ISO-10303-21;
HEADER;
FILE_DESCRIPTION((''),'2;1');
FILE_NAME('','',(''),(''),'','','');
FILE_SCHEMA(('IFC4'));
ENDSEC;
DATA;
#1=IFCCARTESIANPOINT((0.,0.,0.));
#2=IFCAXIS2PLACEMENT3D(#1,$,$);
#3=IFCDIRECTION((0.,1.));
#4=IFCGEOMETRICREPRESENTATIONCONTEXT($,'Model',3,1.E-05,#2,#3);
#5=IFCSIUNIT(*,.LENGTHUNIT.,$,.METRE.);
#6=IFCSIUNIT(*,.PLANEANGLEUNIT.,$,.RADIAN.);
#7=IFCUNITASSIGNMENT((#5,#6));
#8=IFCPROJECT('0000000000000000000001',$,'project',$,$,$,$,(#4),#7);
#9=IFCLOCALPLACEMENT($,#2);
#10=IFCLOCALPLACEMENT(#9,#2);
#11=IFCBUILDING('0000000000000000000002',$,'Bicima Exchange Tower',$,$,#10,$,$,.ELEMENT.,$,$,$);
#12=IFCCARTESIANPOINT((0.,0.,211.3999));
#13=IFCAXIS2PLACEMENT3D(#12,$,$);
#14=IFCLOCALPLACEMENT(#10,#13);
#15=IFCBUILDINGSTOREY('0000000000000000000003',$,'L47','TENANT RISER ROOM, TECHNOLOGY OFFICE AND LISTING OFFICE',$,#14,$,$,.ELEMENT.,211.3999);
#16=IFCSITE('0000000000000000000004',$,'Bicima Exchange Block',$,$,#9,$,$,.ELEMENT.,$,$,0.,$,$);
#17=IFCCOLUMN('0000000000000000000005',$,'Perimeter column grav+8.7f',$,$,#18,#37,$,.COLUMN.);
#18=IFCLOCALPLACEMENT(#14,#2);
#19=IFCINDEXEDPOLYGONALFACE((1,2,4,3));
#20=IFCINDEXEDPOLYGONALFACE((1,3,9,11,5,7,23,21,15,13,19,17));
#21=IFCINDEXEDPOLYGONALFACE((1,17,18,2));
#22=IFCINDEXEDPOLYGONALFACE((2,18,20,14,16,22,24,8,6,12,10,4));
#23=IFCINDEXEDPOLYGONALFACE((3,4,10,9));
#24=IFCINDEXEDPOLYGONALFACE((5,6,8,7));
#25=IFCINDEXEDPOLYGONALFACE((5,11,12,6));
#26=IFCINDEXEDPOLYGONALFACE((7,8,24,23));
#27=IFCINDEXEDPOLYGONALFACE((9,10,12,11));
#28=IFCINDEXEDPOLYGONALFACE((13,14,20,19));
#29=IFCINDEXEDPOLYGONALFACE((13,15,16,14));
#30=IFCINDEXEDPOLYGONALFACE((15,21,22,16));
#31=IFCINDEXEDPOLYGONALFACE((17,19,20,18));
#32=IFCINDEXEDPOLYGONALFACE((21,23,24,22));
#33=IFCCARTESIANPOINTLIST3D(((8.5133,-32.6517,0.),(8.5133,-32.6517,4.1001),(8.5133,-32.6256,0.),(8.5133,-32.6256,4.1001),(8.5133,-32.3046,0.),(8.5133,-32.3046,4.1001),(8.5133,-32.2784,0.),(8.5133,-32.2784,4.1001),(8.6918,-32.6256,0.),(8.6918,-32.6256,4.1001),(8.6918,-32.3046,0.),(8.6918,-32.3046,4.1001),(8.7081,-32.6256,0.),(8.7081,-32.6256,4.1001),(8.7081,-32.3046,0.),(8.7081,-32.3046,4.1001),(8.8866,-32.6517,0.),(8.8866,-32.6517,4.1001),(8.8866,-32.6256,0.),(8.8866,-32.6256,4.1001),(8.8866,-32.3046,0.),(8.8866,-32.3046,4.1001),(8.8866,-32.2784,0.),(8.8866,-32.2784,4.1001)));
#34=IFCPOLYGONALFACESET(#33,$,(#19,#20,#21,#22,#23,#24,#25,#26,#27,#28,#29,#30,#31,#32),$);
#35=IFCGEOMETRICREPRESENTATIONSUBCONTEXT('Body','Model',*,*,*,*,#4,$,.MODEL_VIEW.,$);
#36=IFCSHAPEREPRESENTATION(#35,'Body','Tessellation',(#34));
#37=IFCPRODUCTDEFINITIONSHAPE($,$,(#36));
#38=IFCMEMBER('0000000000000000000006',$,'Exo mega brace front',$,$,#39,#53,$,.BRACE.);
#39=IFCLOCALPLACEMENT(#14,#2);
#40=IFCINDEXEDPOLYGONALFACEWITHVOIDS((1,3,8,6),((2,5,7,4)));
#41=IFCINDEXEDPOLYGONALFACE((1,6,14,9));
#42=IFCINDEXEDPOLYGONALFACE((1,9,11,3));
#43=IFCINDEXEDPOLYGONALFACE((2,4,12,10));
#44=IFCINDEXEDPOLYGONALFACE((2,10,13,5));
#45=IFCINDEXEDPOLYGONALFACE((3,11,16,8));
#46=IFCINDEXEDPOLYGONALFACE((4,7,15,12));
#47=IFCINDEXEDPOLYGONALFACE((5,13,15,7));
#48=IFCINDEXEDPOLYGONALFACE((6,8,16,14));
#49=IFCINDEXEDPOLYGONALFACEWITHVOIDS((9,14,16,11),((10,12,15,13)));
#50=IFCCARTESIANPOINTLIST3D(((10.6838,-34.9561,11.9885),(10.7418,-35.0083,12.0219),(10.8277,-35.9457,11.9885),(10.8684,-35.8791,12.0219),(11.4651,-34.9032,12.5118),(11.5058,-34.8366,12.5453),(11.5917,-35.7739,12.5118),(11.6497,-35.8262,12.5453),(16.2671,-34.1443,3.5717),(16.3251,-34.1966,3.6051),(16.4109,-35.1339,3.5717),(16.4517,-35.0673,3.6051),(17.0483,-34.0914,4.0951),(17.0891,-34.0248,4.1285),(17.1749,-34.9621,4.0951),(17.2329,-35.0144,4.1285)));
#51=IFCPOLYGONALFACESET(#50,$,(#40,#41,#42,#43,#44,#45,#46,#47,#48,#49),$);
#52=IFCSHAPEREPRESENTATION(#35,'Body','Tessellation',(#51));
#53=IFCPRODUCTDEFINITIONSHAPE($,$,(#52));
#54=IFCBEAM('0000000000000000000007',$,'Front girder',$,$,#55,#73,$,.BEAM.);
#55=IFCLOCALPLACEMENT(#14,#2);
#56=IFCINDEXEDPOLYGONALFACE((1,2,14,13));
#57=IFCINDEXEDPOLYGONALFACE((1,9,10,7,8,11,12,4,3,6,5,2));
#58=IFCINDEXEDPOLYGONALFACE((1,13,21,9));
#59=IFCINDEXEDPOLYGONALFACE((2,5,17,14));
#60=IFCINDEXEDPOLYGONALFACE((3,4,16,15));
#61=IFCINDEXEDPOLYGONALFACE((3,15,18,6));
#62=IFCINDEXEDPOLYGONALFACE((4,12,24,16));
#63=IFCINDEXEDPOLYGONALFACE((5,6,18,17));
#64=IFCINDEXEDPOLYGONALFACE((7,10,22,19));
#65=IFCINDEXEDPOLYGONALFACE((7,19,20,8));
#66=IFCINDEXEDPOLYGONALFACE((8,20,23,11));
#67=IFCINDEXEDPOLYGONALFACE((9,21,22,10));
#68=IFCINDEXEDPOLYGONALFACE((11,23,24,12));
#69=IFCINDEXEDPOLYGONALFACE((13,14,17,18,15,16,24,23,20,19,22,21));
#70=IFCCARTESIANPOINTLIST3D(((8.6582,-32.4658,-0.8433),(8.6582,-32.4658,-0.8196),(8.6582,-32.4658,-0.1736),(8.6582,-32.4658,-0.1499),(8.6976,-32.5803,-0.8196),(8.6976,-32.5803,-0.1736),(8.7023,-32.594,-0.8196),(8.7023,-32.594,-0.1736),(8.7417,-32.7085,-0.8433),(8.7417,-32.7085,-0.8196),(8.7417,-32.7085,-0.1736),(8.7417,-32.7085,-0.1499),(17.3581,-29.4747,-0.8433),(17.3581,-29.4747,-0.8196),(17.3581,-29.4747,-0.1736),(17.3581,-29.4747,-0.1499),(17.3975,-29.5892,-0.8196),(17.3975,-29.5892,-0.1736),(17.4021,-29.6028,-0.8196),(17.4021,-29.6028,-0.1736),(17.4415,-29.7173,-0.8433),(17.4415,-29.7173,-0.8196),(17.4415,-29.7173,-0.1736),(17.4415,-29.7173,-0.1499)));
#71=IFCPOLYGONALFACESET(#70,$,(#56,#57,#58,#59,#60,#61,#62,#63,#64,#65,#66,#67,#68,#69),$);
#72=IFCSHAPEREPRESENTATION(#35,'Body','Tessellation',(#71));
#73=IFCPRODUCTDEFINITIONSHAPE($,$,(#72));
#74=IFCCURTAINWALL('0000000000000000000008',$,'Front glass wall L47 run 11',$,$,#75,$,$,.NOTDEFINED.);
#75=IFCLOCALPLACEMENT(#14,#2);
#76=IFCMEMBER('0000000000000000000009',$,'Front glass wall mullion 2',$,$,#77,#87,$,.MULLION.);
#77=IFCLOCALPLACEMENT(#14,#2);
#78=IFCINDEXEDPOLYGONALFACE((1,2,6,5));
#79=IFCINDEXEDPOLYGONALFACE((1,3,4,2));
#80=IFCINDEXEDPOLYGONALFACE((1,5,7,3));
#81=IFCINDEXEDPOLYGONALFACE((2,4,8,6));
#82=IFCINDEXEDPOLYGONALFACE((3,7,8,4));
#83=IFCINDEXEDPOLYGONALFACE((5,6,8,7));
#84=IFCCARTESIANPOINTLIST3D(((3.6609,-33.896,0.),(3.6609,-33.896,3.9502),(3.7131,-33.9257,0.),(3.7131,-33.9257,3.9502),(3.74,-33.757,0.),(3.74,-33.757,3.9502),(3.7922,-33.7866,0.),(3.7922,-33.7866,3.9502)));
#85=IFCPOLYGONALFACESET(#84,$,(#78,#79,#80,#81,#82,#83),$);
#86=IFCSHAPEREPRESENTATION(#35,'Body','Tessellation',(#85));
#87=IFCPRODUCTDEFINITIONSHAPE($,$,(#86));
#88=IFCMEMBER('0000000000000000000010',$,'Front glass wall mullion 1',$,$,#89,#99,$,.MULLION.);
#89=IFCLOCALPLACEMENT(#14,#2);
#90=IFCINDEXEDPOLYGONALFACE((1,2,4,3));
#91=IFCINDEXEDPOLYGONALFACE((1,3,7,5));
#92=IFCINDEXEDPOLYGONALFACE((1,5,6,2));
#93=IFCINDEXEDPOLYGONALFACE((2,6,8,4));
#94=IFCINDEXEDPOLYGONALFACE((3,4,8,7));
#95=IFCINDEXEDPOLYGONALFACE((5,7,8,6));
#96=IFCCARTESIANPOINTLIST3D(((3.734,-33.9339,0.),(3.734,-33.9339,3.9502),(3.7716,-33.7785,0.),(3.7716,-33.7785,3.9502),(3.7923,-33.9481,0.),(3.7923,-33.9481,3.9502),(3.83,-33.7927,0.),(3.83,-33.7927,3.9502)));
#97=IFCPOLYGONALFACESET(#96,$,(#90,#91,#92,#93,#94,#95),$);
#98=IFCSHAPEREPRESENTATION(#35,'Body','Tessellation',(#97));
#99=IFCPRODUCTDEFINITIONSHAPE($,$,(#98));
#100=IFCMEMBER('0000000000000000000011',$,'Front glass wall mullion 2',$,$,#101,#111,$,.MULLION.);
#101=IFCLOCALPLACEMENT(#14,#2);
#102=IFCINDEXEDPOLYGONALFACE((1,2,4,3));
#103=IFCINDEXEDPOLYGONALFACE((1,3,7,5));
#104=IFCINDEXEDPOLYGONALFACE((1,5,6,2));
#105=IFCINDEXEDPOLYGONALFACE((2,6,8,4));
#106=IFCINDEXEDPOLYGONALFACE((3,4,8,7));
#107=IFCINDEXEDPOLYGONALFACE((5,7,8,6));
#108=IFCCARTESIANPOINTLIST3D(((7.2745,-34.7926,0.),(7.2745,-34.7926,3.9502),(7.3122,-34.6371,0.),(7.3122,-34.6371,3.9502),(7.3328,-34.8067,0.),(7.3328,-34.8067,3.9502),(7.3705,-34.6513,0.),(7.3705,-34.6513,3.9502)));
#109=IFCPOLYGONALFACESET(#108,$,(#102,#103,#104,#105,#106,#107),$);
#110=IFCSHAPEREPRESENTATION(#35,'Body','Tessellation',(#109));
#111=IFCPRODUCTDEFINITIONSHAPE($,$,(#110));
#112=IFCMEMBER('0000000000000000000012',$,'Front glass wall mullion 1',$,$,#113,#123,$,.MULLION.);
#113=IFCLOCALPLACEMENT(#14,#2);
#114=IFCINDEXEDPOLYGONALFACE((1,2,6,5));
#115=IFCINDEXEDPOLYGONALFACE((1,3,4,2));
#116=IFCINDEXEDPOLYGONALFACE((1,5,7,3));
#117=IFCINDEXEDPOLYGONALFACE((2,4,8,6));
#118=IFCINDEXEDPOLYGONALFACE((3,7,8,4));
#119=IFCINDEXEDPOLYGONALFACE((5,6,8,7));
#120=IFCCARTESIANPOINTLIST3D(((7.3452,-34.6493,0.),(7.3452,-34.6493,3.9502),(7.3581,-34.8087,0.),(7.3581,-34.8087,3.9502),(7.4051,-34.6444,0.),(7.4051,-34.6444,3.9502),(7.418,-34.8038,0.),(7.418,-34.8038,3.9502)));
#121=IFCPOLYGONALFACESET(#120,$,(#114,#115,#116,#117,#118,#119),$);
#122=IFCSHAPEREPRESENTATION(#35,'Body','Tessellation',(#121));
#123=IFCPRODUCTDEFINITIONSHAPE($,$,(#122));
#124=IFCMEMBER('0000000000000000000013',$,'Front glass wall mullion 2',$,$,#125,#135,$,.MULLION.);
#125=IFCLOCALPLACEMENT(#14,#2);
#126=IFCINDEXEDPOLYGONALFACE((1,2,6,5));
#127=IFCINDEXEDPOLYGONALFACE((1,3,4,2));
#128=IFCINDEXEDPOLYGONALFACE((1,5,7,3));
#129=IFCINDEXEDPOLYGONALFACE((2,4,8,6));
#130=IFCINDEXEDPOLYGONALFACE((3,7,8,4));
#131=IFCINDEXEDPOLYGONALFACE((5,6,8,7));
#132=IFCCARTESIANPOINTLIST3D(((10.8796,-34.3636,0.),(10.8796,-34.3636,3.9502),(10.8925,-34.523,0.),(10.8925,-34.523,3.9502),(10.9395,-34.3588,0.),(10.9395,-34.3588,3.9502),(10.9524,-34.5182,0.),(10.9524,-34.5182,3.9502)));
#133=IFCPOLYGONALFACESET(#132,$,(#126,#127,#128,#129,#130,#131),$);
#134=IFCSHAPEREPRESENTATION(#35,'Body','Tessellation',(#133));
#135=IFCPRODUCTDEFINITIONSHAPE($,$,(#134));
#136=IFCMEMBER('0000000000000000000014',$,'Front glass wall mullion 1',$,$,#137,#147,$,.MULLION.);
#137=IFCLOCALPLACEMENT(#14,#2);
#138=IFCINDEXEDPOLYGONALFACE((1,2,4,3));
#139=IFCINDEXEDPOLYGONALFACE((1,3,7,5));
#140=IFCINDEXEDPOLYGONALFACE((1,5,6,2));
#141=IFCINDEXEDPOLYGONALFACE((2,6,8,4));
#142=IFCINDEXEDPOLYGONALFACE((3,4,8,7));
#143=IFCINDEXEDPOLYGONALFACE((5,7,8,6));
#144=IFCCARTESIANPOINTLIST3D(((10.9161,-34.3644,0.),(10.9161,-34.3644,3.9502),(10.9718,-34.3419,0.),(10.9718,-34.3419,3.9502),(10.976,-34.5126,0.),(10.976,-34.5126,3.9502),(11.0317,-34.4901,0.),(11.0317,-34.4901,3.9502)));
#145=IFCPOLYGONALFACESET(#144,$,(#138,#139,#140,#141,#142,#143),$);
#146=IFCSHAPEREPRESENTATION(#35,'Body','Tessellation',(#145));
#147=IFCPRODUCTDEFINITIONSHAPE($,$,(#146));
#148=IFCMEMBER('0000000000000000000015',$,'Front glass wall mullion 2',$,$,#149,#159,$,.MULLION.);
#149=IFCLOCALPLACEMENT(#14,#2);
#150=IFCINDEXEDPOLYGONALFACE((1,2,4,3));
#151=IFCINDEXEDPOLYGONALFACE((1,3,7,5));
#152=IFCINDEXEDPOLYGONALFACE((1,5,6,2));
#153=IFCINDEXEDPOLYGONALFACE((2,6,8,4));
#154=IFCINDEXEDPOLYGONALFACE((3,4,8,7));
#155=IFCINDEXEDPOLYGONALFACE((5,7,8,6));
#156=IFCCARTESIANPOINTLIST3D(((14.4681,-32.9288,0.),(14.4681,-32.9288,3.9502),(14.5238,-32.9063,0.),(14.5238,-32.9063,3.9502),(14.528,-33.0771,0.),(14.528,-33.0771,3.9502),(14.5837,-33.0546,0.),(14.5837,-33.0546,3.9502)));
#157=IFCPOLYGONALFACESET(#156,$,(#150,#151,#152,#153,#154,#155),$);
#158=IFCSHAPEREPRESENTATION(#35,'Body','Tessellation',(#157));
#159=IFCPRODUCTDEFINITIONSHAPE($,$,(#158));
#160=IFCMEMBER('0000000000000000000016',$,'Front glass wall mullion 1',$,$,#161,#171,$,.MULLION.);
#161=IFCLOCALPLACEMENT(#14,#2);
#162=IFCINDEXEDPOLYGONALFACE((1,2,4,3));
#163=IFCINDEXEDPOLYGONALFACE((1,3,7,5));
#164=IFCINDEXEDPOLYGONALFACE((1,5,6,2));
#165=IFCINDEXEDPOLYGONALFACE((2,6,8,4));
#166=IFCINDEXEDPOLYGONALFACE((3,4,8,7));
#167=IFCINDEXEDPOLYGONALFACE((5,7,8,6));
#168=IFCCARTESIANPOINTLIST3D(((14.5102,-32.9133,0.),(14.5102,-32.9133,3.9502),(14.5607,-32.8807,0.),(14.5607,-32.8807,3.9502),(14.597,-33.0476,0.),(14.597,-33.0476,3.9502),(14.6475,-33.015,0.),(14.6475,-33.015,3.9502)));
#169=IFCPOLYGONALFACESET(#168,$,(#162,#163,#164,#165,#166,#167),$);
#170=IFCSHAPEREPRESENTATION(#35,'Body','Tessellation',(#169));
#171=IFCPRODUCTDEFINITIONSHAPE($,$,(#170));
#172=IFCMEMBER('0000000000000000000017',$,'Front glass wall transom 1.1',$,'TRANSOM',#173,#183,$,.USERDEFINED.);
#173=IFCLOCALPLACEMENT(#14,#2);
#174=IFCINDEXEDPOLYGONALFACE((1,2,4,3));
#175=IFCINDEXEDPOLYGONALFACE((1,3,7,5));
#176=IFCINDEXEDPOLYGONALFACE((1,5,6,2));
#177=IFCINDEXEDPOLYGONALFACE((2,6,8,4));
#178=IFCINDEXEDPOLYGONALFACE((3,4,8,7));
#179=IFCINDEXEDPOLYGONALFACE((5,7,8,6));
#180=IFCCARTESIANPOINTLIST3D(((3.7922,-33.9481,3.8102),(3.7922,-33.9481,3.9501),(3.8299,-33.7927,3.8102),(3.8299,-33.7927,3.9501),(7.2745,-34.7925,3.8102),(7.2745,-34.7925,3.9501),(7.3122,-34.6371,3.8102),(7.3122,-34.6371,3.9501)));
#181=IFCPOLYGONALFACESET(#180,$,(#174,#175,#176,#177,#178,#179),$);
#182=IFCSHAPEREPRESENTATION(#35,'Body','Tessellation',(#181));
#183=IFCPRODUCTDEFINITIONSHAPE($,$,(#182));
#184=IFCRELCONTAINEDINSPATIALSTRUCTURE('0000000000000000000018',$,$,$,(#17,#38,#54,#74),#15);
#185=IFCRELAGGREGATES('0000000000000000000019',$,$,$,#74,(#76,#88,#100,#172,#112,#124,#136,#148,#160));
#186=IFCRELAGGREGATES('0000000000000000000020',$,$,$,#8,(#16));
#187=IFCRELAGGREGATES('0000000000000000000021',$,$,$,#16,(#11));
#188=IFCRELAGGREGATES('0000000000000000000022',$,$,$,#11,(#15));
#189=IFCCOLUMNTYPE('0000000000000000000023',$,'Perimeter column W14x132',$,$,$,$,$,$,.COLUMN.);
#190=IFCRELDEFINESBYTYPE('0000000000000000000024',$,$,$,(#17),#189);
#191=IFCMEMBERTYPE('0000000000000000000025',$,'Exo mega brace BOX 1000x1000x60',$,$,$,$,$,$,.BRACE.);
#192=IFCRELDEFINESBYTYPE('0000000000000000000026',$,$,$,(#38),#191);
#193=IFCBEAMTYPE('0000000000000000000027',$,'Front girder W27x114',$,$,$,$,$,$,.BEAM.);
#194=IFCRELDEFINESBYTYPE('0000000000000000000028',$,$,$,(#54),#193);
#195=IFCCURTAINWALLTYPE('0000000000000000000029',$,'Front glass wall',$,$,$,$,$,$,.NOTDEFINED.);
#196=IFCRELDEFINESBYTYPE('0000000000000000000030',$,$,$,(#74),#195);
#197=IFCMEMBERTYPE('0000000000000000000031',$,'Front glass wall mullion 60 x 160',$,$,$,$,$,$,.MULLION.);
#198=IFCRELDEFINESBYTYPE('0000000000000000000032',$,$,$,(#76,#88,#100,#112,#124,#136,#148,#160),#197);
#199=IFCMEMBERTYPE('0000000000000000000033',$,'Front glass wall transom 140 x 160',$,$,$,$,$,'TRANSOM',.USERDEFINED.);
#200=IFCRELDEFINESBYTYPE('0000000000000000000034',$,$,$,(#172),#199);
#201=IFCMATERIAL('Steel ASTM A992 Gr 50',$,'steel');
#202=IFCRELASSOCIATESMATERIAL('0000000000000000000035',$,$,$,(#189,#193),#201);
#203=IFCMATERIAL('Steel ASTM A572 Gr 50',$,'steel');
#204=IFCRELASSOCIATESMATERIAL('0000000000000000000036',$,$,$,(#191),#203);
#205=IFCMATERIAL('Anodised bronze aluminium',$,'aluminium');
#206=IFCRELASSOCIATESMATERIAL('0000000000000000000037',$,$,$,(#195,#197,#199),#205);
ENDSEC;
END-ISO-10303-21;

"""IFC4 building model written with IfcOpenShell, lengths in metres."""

from ifc_helpers import new_model, si_unit, direction, frame, origin, origin_2d, place, context, subcontext, project, spatial, rectangle, hollow_rectangle, i_section, extrude, material, material_profile, profile_set, type_object, element, aggregate, save


model = new_model("IFC4")

# Units and contexts
model_context = context("Model", 3, precision=1e-05, world=origin(), true_north=direction((0.0, 1.0)))
body_context = subcontext(model_context, "Body", "Model", "MODEL_VIEW")
ifc_project = project(units=[si_unit("LENGTHUNIT", "METRE"), si_unit("PLANEANGLEUNIT", "RADIAN")], contexts=[model_context])

# Site, building, storey
site_placement = place(None, origin())
site = spatial("IfcSite", under=ifc_project, at=site_placement, Name="Bicima Exchange Block", CompositionType="ELEMENT", RefElevation=0.0)
building_placement = place(site_placement, origin())
building = spatial("IfcBuilding", under=site, at=building_placement, Name="Bicima Exchange Tower", CompositionType="ELEMENT")
storey_placement = place(building_placement, frame((0.0, 0.0, 211.3999)))
storey = spatial("IfcBuildingStorey", under=building, at=storey_placement, Name="L47", Description="TENANT RISER ROOM, TECHNOLOGY OFFICE AND LISTING OFFICE", CompositionType="ELEMENT", Elevation=211.3999)

# Column
ifc_material_1 = material(Name="Steel ASTM A992 Gr 50", Category="steel")
ifc_material_profile_1 = material_profile(ifc_material_1, i_section(OverallWidth=0.3733, OverallDepth=0.3733, WebThickness=0.0164, FlangeThickness=0.0261, at=origin_2d()))
ifc_profile_set_1 = profile_set([ifc_material_profile_1], Name="Steel ASTM A992 Gr 50")
column_type = type_object("IfcColumnType", Name="Perimeter column W14x132", PredefinedType="COLUMN", material=ifc_profile_set_1)
column_placement = place(storey_placement, frame((8.7, -32.4651, 0.0), z_axis=(0.0, 0.0, 1.0), x_axis=(1.0, 0.0, 0.0)))
element("IfcColumn", 1, at=column_placement, inside=storey, type_object=column_type, Name="Perimeter column grav+8.7f", PredefinedType="COLUMN", context=body_context, shape_type="SweptSolid", body=[
    extrude(i_section(OverallWidth=0.3733, OverallDepth=0.3733, WebThickness=0.0164, FlangeThickness=0.0261, at=origin_2d()), origin(), (0.0, 0.0, 1.0), 4.1001),
])

# Member
ifc_material_2 = material(Name="Steel ASTM A572 Gr 50", Category="steel")
ifc_material_profile_2 = material_profile(ifc_material_2, hollow_rectangle(XDim=1.0, YDim=1.0, WallThickness=0.0601, at=origin_2d()))
ifc_profile_set_2 = profile_set([ifc_material_profile_2], Name="Steel ASTM A572 Gr 50")
member_type_1 = type_object("IfcMemberType", Name="Exo mega brace BOX 1000x1000x60", PredefinedType="BRACE", material=ifc_profile_set_2)
member_1_placement = place(storey_placement, frame((16.75, -34.5793, 3.8501), z_axis=(-0.551009, -0.080113, 0.830645), x_axis=(0.143881, -0.989595, 0.0)))
element("IfcMember", 2, at=member_1_placement, inside=storey, type_object=member_type_1, Name="Exo mega brace front", PredefinedType="BRACE", context=body_context, shape_type="SweptSolid", body=[
    extrude(hollow_rectangle(XDim=1.0, YDim=1.0, WallThickness=0.0601, at=origin_2d()), origin(), (0.0, 0.0, 1.0), 10.1328),
])

# Beam
ifc_material_profile_3 = material_profile(ifc_material_1, i_section(OverallWidth=0.2566, OverallDepth=0.6934, WebThickness=0.0144, FlangeThickness=0.0237, at=origin_2d()))
ifc_profile_set_3 = profile_set([ifc_material_profile_3], Name="Steel ASTM A992 Gr 50")
beam_type = type_object("IfcBeamType", Name="Front girder W27x114", PredefinedType="BEAM", material=ifc_profile_set_3)
beam_placement = place(storey_placement, frame((8.7, -32.5872, -0.4966), z_axis=(0.945666, 0.325138, 0.0), x_axis=(-0.325138, 0.945666, 0.0)))
element("IfcBeam", 3, at=beam_placement, inside=storey, type_object=beam_type, Name="Front girder", PredefinedType="BEAM", context=body_context, shape_type="SweptSolid", body=[
    extrude(i_section(OverallWidth=0.2566, OverallDepth=0.6934, WebThickness=0.0144, FlangeThickness=0.0237, at=origin_2d()), origin(), (0.0, 0.0, 1.0), 9.1997),
])

# Curtain wall, members
ifc_material_3 = material(Name="Anodised bronze aluminium", Category="aluminium")
curtain_wall_type = type_object("IfcCurtainWallType", Name="Front glass wall", PredefinedType="NOTDEFINED", material=ifc_material_3)
curtain_wall_placement = place(storey_placement, origin())
curtain_wall = element("IfcCurtainWall", 4, at=curtain_wall_placement, inside=storey, type_object=curtain_wall_type, Name="Front glass wall L47 run 11", PredefinedType="NOTDEFINED")
ifc_material_profile_4 = material_profile(ifc_material_3, rectangle(XDim=0.1599, YDim=0.0601, at=origin_2d()))
ifc_profile_set_4 = profile_set([ifc_material_profile_4], Name="Anodised bronze aluminium")
member_type_2 = type_object("IfcMemberType", Name="Front glass wall mullion 60 x 160", PredefinedType="MULLION", material=ifc_profile_set_4)
member_2_placement = place(storey_placement, frame((3.7266, -33.8413, 0.0), z_axis=(0.0, 0.0, 1.0), x_axis=(0.49433, 0.869274, 0.0)))
member_2 = element("IfcMember", 5, at=member_2_placement, type_object=member_type_2, Name="Front glass wall mullion 2", PredefinedType="MULLION", context=body_context, shape_type="SweptSolid", body=[
    extrude(rectangle(XDim=0.1599, YDim=0.0601, at=origin_2d()), origin(), (0.0, 0.0, 1.0), 3.9502),
])
member_3_placement = place(storey_placement, frame((3.782, -33.8633, 0.0), z_axis=(0.0, 0.0, 1.0), x_axis=(0.235682, 0.97183, 0.0)))
member_3 = element("IfcMember", 6, at=member_3_placement, type_object=member_type_2, Name="Front glass wall mullion 1", PredefinedType="MULLION", context=body_context, shape_type="SweptSolid", body=[
    extrude(rectangle(XDim=0.1599, YDim=0.0601, at=origin_2d()), origin(), (0.0, 0.0, 1.0), 3.9502),
])
member_4_placement = place(storey_placement, frame((7.3225, -34.7219, 0.0), z_axis=(0.0, 0.0, 1.0), x_axis=(0.235682, 0.97183, 0.0)))
member_4 = element("IfcMember", 7, at=member_4_placement, type_object=member_type_2, Name="Front glass wall mullion 2", PredefinedType="MULLION", context=body_context, shape_type="SweptSolid", body=[
    extrude(rectangle(XDim=0.1599, YDim=0.0601, at=origin_2d()), origin(), (0.0, 0.0, 1.0), 3.9502),
])
member_5_placement = place(storey_placement, frame((7.3816, -34.7266, 0.0), z_axis=(0.0, 0.0, 1.0), x_axis=(-0.080589, 0.996747, 0.0)))
member_5 = element("IfcMember", 8, at=member_5_placement, type_object=member_type_2, Name="Front glass wall mullion 1", PredefinedType="MULLION", context=body_context, shape_type="SweptSolid", body=[
    extrude(rectangle(XDim=0.1599, YDim=0.0601, at=origin_2d()), origin(), (0.0, 0.0, 1.0), 3.9502),
])
member_6_placement = place(storey_placement, frame((10.916, -34.4409, 0.0), z_axis=(0.0, 0.0, 1.0), x_axis=(-0.080589, 0.996747, 0.0)))
member_6 = element("IfcMember", 9, at=member_6_placement, type_object=member_type_2, Name="Front glass wall mullion 2", PredefinedType="MULLION", context=body_context, shape_type="SweptSolid", body=[
    extrude(rectangle(XDim=0.1599, YDim=0.0601, at=origin_2d()), origin(), (0.0, 0.0, 1.0), 3.9502),
])
member_7_placement = place(storey_placement, frame((10.9739, -34.4272, 0.0), z_axis=(0.0, 0.0, 1.0), x_axis=(-0.374705, 0.927144, 0.0)))
member_7 = element("IfcMember", 10, at=member_7_placement, type_object=member_type_2, Name="Front glass wall mullion 1", PredefinedType="MULLION", context=body_context, shape_type="SweptSolid", body=[
    extrude(rectangle(XDim=0.1599, YDim=0.0601, at=origin_2d()), origin(), (0.0, 0.0, 1.0), 3.9502),
])
member_8_placement = place(storey_placement, frame((14.5259, -32.9917, 0.0), z_axis=(0.0, 0.0, 1.0), x_axis=(-0.374705, 0.927144, 0.0)))
member_8 = element("IfcMember", 11, at=member_8_placement, type_object=member_type_2, Name="Front glass wall mullion 2", PredefinedType="MULLION", context=body_context, shape_type="SweptSolid", body=[
    extrude(rectangle(XDim=0.1599, YDim=0.0601, at=origin_2d()), origin(), (0.0, 0.0, 1.0), 3.9502),
])
member_9_placement = place(storey_placement, frame((14.5789, -32.9641, 0.0), z_axis=(0.0, 0.0, 1.0), x_axis=(-0.542909, 0.839791, 0.0)))
member_9 = element("IfcMember", 12, at=member_9_placement, type_object=member_type_2, Name="Front glass wall mullion 1", PredefinedType="MULLION", context=body_context, shape_type="SweptSolid", body=[
    extrude(rectangle(XDim=0.1599, YDim=0.0601, at=origin_2d()), origin(), (0.0, 0.0, 1.0), 3.9502),
])
ifc_material_profile_5 = material_profile(ifc_material_3, rectangle(XDim=0.1599, YDim=0.1399, at=origin_2d()))
ifc_profile_set_5 = profile_set([ifc_material_profile_5], Name="Anodised bronze aluminium")
member_type_3 = type_object("IfcMemberType", Name="Front glass wall transom 140 x 160", ElementType="TRANSOM", PredefinedType="USERDEFINED", material=ifc_profile_set_5)
member_10_placement = place(storey_placement, frame((3.811, -33.8704, 3.8801), z_axis=(0.971834, -0.235668, 0.0), x_axis=(0.235668, 0.971834, 0.0)))
member_10 = element("IfcMember", 13, at=member_10_placement, type_object=member_type_3, Name="Front glass wall transom 1.1", ObjectType="TRANSOM", PredefinedType="USERDEFINED", context=body_context, shape_type="SweptSolid", body=[
    extrude(rectangle(XDim=0.1599, YDim=0.1399, at=origin_2d()), origin(), (0.0, 0.0, 1.0), 3.5833),
])

aggregate(curtain_wall, [member_2, member_3, member_4, member_10, member_5, member_6, member_7, member_8, member_9])

save(model, "model.ifc")
